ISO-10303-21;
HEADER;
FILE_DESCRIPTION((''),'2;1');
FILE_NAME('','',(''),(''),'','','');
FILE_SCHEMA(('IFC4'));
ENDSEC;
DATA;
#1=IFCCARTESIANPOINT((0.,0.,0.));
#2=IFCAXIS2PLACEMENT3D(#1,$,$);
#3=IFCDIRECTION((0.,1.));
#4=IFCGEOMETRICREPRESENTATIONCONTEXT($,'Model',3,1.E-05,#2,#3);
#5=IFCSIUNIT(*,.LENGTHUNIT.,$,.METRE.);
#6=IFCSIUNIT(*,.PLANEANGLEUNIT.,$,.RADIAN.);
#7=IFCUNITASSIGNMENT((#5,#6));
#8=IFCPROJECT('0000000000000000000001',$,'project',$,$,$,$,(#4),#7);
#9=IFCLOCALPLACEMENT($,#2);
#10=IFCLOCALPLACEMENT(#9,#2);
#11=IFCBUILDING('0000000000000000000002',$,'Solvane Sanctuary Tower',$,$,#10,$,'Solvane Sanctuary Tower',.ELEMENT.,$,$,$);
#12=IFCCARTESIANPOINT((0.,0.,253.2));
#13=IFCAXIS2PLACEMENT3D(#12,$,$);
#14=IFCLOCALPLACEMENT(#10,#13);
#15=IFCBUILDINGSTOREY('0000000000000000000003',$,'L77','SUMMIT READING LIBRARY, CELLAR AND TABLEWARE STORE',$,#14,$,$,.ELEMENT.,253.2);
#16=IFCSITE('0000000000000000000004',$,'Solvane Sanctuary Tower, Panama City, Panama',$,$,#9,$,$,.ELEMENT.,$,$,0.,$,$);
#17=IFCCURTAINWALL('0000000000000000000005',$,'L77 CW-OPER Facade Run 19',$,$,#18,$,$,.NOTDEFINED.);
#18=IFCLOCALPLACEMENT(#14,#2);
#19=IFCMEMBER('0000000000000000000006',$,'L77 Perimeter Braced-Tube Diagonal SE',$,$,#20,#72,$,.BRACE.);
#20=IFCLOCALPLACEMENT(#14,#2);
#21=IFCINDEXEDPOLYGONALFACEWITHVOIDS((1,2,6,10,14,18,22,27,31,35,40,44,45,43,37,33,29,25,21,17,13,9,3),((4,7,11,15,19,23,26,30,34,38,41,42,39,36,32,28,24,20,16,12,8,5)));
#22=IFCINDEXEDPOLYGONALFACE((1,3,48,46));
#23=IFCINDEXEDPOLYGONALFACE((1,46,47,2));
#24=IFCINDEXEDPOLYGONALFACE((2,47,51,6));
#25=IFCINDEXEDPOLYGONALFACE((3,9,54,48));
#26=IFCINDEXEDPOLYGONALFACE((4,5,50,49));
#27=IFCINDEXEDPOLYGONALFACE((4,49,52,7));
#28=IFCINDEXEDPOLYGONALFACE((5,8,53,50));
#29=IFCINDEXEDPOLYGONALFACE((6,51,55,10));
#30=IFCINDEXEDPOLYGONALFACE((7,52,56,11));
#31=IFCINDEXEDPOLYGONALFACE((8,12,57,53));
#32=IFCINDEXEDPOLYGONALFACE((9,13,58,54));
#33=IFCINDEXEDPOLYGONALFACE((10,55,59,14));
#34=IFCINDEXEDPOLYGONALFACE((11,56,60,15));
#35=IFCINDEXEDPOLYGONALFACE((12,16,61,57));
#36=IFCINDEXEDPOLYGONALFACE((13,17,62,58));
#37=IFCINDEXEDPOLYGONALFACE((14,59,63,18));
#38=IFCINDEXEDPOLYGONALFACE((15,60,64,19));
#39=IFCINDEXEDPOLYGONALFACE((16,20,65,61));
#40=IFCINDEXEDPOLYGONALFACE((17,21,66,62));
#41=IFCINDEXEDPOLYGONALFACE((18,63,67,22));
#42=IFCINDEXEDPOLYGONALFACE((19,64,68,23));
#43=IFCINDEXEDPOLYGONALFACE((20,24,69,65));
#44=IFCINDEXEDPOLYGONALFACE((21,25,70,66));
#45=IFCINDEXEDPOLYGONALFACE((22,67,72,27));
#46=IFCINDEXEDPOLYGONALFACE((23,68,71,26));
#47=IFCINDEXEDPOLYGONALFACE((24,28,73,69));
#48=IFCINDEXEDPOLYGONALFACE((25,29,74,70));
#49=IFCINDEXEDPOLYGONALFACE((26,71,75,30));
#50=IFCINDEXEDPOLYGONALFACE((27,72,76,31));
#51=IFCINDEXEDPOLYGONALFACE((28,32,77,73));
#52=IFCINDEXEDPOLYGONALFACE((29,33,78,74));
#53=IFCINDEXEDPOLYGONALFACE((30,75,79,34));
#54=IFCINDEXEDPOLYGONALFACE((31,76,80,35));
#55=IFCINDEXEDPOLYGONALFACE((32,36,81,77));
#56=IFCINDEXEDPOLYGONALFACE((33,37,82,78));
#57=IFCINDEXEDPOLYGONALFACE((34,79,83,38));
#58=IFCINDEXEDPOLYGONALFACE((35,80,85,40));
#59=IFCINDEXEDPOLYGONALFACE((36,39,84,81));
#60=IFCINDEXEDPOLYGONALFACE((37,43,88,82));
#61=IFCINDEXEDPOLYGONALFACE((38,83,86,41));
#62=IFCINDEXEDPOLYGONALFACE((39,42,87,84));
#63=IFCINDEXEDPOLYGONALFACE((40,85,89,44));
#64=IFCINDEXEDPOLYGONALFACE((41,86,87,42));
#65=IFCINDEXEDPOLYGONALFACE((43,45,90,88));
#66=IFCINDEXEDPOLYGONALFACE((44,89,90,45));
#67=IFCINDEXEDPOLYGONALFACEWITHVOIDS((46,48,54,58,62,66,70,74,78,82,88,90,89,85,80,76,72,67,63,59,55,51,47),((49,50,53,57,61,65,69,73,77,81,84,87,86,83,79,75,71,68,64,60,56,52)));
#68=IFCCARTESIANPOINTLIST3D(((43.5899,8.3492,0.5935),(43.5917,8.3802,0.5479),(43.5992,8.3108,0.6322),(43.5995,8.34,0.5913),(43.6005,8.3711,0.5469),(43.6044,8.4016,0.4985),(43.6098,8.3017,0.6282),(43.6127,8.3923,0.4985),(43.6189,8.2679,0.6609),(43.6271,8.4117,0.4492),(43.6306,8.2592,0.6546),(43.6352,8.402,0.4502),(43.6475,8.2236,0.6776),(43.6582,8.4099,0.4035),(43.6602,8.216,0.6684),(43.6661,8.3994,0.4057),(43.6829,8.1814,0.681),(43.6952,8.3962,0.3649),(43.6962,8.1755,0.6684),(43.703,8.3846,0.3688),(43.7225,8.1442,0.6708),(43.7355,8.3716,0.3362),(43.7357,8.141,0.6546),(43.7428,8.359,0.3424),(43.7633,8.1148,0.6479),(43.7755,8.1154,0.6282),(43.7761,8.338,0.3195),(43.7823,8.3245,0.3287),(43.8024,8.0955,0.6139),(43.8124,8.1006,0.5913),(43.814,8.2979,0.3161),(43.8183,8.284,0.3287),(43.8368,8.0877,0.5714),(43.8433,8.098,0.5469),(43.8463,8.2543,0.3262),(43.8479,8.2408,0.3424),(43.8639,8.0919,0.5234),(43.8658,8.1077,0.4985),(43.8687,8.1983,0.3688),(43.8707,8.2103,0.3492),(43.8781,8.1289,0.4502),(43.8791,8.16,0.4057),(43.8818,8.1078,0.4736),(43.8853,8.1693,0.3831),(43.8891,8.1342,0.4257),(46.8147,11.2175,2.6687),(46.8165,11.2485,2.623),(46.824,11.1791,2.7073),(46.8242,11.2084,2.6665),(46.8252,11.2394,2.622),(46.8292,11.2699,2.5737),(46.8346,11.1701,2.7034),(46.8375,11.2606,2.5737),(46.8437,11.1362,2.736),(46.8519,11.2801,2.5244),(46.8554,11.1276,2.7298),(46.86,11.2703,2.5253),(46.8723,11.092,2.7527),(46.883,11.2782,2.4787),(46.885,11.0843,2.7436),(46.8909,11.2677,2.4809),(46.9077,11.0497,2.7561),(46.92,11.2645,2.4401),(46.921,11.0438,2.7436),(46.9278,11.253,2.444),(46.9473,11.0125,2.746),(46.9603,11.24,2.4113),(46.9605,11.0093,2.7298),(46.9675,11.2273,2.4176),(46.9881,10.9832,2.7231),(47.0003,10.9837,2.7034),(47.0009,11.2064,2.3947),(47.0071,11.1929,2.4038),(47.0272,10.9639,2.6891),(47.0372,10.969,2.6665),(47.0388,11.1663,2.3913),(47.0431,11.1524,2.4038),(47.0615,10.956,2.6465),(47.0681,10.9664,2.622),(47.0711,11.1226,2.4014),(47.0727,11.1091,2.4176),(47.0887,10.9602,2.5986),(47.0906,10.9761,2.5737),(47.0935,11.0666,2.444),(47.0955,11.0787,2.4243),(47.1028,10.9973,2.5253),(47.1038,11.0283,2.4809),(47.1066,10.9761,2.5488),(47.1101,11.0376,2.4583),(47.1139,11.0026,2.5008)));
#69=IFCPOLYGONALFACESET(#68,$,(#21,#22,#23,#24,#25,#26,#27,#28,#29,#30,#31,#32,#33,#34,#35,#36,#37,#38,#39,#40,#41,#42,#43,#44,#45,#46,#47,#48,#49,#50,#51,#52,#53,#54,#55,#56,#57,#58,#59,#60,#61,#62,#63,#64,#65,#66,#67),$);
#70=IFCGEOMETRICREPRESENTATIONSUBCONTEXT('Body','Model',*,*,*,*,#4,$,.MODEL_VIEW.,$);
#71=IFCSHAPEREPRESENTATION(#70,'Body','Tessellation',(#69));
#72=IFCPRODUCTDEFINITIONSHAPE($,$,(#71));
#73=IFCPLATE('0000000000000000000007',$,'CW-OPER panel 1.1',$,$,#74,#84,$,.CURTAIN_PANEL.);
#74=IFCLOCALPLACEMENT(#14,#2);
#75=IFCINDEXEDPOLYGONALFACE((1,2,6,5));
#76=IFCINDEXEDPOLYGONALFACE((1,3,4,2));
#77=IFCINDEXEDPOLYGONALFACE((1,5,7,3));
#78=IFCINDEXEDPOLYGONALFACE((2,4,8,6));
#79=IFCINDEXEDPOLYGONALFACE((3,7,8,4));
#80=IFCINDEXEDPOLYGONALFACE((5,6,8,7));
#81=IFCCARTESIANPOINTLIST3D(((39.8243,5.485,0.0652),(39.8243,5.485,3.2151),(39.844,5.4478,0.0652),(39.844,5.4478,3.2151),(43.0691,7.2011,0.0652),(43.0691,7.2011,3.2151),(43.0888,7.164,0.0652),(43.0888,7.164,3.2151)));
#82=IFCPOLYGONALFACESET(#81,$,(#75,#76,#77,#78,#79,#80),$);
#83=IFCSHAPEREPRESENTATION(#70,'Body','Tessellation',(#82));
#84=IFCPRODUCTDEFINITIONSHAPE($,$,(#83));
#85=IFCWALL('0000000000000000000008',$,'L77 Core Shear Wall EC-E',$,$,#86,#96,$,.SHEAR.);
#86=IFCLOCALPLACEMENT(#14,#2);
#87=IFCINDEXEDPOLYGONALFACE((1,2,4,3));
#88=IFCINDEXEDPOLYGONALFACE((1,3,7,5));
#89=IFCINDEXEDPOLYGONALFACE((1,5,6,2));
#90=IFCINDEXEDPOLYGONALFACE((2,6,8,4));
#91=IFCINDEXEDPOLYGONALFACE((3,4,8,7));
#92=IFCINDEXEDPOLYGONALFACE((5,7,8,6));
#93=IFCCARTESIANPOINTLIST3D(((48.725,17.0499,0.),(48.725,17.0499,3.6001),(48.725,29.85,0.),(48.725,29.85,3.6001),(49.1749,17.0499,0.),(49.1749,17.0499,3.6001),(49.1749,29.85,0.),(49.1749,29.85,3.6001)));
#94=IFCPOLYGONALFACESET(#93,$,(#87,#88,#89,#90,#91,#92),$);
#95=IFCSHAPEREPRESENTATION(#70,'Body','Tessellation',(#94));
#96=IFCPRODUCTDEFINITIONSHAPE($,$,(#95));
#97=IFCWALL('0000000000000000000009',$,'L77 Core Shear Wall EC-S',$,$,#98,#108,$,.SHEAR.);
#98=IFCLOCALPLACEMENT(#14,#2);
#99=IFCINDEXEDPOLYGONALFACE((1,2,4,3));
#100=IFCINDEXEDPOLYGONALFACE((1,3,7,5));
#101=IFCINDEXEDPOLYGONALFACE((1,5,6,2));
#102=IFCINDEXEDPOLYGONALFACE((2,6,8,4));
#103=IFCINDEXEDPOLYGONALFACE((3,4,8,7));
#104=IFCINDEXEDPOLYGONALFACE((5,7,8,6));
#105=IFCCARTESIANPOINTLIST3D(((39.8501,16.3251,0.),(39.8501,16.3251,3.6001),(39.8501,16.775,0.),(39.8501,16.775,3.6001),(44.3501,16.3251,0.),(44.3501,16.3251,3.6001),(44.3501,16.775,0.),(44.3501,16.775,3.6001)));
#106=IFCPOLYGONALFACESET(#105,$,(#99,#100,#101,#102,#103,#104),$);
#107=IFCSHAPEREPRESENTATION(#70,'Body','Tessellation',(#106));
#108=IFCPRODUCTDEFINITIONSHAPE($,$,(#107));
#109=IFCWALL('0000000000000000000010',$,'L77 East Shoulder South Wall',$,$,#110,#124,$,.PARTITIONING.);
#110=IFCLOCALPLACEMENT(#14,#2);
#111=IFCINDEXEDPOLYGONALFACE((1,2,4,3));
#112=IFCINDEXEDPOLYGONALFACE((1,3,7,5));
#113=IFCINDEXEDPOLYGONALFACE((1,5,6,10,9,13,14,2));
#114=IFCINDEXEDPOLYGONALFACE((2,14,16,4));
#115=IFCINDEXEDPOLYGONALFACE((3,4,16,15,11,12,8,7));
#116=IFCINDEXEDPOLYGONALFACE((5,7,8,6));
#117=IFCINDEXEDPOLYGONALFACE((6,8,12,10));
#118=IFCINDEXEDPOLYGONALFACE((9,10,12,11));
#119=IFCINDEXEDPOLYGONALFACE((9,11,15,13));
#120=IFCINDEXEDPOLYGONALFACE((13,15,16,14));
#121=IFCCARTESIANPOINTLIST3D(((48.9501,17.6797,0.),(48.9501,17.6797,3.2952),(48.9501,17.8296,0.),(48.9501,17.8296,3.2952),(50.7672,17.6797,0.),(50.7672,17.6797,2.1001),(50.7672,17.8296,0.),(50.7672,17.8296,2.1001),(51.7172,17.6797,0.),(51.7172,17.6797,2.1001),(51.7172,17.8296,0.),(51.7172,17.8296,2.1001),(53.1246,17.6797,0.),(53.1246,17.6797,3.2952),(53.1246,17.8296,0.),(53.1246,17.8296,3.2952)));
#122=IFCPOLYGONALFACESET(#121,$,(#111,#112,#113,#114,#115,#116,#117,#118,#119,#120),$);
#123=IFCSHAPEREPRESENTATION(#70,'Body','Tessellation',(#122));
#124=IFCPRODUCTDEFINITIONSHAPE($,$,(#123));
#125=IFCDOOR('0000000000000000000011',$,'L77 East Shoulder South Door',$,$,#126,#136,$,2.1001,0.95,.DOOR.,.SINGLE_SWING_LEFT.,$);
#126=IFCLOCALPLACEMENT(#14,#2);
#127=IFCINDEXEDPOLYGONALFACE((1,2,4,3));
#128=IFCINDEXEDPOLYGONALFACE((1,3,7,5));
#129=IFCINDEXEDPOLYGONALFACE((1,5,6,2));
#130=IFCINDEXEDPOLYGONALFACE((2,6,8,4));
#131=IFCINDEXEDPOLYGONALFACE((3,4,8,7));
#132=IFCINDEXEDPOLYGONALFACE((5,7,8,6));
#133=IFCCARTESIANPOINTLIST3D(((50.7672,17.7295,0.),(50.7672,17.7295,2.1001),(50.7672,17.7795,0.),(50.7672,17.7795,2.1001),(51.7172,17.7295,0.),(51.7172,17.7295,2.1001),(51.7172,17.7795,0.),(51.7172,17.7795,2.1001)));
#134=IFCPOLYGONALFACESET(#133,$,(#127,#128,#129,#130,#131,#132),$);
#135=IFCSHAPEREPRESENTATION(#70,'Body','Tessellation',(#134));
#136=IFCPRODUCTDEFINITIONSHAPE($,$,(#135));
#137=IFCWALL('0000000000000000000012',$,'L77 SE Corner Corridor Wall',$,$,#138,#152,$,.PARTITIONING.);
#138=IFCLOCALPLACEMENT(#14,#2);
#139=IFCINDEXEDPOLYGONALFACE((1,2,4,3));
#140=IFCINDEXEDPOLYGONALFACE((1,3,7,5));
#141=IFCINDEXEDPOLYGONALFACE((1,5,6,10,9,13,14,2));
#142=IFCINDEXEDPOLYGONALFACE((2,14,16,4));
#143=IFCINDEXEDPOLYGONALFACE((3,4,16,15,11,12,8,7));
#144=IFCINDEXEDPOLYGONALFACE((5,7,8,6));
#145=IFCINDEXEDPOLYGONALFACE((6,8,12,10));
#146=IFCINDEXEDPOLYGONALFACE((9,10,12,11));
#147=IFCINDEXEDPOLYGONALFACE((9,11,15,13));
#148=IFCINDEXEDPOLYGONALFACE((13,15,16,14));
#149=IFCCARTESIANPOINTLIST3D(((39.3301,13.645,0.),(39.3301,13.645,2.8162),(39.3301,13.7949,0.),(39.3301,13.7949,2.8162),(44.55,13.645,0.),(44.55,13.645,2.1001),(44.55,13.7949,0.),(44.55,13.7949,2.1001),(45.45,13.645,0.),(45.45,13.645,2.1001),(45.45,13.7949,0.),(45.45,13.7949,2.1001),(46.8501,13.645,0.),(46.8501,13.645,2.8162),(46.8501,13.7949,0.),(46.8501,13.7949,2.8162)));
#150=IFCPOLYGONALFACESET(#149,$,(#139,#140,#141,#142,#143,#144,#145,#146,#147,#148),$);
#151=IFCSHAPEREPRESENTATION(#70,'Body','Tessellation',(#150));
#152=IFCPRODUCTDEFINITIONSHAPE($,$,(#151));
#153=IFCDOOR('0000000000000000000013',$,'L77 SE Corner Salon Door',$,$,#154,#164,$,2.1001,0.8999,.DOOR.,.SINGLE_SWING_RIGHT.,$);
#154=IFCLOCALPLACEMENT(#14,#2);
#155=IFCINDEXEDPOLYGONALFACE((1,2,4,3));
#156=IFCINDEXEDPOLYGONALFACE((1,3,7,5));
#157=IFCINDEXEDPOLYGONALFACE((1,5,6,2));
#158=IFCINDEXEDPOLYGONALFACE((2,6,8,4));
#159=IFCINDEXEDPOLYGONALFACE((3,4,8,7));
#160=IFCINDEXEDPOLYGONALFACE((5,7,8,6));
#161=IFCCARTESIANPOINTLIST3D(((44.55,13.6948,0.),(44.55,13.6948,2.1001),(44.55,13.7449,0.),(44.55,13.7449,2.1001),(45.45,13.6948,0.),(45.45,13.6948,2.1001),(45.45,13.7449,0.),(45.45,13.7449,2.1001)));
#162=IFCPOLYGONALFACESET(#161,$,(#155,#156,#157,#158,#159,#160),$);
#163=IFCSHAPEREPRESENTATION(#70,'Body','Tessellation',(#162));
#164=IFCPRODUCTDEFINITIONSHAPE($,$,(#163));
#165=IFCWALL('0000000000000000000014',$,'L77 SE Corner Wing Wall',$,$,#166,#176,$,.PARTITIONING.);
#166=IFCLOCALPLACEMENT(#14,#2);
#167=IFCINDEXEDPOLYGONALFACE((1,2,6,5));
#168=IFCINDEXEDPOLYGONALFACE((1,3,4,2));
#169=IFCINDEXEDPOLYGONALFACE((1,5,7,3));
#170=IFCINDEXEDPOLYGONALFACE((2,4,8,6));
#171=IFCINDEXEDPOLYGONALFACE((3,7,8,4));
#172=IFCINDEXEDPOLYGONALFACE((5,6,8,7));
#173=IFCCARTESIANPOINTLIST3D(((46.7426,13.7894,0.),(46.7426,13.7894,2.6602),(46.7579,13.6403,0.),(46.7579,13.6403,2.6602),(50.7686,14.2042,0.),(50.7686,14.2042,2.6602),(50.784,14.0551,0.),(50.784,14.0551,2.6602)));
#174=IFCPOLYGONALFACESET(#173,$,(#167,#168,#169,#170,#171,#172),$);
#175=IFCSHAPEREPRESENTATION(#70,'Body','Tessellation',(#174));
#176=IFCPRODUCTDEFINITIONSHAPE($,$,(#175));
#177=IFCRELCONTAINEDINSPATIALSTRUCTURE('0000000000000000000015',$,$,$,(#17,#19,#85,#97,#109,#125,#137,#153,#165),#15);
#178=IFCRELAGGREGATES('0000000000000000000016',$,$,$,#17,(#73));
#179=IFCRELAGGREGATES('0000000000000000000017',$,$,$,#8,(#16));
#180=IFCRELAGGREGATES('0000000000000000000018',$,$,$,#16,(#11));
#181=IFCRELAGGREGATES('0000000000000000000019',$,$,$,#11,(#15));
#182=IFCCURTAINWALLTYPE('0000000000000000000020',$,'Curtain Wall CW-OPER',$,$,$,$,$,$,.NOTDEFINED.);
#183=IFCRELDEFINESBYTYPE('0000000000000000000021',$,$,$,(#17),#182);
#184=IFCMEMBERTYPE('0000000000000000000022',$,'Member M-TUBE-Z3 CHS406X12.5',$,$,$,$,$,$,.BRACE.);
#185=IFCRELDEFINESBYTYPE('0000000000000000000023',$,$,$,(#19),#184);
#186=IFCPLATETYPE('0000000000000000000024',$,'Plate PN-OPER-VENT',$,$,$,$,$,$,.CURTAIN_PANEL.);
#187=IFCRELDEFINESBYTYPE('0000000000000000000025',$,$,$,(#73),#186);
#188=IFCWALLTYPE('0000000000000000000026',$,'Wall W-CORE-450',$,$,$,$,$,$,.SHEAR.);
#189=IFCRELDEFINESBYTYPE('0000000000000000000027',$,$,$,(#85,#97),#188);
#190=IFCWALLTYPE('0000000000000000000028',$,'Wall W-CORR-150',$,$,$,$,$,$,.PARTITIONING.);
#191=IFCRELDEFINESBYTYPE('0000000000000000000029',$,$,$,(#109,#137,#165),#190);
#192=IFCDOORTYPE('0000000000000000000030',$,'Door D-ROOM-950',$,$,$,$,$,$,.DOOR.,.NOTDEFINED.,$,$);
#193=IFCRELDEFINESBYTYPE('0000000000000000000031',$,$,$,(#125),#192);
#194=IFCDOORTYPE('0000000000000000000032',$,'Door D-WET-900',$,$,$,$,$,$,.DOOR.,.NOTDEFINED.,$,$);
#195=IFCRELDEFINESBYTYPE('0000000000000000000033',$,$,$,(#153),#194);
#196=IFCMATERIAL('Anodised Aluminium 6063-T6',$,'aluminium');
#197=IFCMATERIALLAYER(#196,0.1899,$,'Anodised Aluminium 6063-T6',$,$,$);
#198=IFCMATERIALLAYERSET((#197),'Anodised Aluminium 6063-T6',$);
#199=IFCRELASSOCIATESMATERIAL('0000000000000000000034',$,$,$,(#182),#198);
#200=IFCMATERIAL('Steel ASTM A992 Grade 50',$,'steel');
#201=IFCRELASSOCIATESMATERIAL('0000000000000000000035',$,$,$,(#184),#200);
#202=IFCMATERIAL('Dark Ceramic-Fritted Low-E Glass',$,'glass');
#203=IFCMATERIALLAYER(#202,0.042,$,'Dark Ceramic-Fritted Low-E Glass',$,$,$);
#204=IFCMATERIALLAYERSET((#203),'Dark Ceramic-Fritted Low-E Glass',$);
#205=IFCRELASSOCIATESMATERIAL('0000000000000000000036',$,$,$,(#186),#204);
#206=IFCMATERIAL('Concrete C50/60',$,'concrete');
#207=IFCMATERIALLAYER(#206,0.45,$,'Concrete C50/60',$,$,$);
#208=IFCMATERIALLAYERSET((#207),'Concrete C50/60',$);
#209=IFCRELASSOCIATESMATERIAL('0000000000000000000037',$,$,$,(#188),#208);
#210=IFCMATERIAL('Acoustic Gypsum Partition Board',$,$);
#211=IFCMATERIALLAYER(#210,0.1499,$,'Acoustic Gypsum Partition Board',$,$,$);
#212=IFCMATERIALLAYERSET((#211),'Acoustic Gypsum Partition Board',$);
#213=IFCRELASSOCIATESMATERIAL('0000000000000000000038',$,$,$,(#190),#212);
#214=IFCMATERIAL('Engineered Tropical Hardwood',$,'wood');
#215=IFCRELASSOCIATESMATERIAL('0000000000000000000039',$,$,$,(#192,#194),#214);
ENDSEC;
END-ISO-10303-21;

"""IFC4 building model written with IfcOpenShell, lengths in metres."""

from ifc_helpers import new_model, si_unit, direction, frame, frame_2d, origin, origin_2d, place, context, subcontext, project, spatial, rectangle, hollow_circle, extrude, material, layer, layer_set, material_profile, profile_set, type_object, element, fill, aggregate, save


model = new_model("IFC4")

# Units and contexts
model_context = context("Model", 3, precision=1e-05, world=origin(), true_north=direction((0.0, 1.0)))
body_context = subcontext(model_context, "Body", "Model", "MODEL_VIEW")
ifc_project = project(units=[si_unit("LENGTHUNIT", "METRE"), si_unit("PLANEANGLEUNIT", "RADIAN")], contexts=[model_context])

# Site, building, storey
site_placement = place(None, origin())
site = spatial("IfcSite", under=ifc_project, at=site_placement, Name="Solvane Sanctuary Tower, Panama City, Panama", CompositionType="ELEMENT", RefElevation=0.0)
building_placement = place(site_placement, origin())
building = spatial("IfcBuilding", under=site, at=building_placement, Name="Solvane Sanctuary Tower", LongName="Solvane Sanctuary Tower", CompositionType="ELEMENT")
storey_placement = place(building_placement, frame((0.0, 0.0, 253.2)))
storey = spatial("IfcBuildingStorey", under=building, at=storey_placement, Name="L77", Description="SUMMIT READING LIBRARY, CELLAR AND TABLEWARE STORE", CompositionType="ELEMENT", Elevation=253.2)

# Shared definitions
ifc_material_1 = material(Name="Steel ASTM A992 Grade 50", Category="steel")

# Curtain wall
ifc_material_2 = material(Name="Anodised Aluminium 6063-T6", Category="aluminium")
ifc_layer_1 = layer(ifc_material_2, 0.1899, Name="Anodised Aluminium 6063-T6")
ifc_layer_set_1 = layer_set([ifc_layer_1], Name="Anodised Aluminium 6063-T6")
curtain_wall_type = type_object("IfcCurtainWallType", Name="Curtain Wall CW-OPER", PredefinedType="NOTDEFINED", material=ifc_layer_set_1)
curtain_wall_placement = place(storey_placement, origin())
curtain_wall = element("IfcCurtainWall", 1, at=curtain_wall_placement, inside=storey, type_object=curtain_wall_type, Name="L77 CW-OPER Facade Run 19", PredefinedType="NOTDEFINED")

# Member
ifc_material_profile_1 = material_profile(ifc_material_1, hollow_circle(Radius=0.2029, WallThickness=0.0125, at=origin_2d()), Name="CHS406X12.5")
ifc_profile_set_1 = profile_set([ifc_material_profile_1], Name="Steel ASTM A992 Grade 50")
member_type_1 = type_object("IfcMemberType", Name="Member M-TUBE-Z3 CHS406X12.5", PredefinedType="BRACE", material=ifc_profile_set_1)
member_1_placement = place(storey_placement, frame((43.7393, 8.25, 0.4985), z_axis=(0.673397, 0.598966, 0.433331), x_axis=(-0.664606, 0.747194, 0.0)))
element("IfcMember", 2, at=member_1_placement, inside=storey, type_object=member_type_1, Name="L77 Perimeter Braced-Tube Diagonal SE", PredefinedType="BRACE", context=body_context, shape_type="SweptSolid", body=[
    extrude(hollow_circle(Radius=0.2029, WallThickness=0.0125, at=origin_2d()), origin(), (0.0, 0.0, 1.0), 4.7888),
])

# Plate
ifc_material_3 = material(Name="Dark Ceramic-Fritted Low-E Glass", Category="glass")
ifc_layer_2 = layer(ifc_material_3, 0.042, Name="Dark Ceramic-Fritted Low-E Glass")
ifc_layer_set_2 = layer_set([ifc_layer_2], Name="Dark Ceramic-Fritted Low-E Glass")
plate_type = type_object("IfcPlateType", Name="Plate PN-OPER-VENT", PredefinedType="CURTAIN_PANEL", material=ifc_layer_set_2)
plate_placement = place(storey_placement, frame((41.4565, 6.3245, 0.0652), z_axis=(0.0, 0.0, 1.0), x_axis=(0.883981, 0.467523, 0.0)))
plate = element("IfcPlate", 3, at=plate_placement, type_object=plate_type, Name="CW-OPER panel 1.1", PredefinedType="CURTAIN_PANEL", context=body_context, shape_type="SweptSolid", body=[
    extrude(rectangle(XDim=3.6707, YDim=0.042, at=origin_2d()), origin(), (0.0, 0.0, 1.0), 3.1499),
])
aggregate(curtain_wall, [plate])

# Walls
ifc_material_4 = material(Name="Concrete C50/60", Category="concrete")
ifc_layer_3 = layer(ifc_material_4, 0.45, Name="Concrete C50/60")
ifc_layer_set_3 = layer_set([ifc_layer_3], Name="Concrete C50/60")
wall_type_1 = type_object("IfcWallType", Name="Wall W-CORE-450", PredefinedType="SHEAR", material=ifc_layer_set_3)
wall_1_placement = place(storey_placement, frame((48.95, 17.05, 0.0), z_axis=(0.0, 0.0, 1.0), x_axis=(0.0, 1.0, 0.0)))
element("IfcWall", 4, at=wall_1_placement, inside=storey, type_object=wall_type_1, Name="L77 Core Shear Wall EC-E", PredefinedType="SHEAR", context=body_context, shape_type="SweptSolid", body=[
    extrude(rectangle(XDim=12.8, YDim=0.45, at=frame_2d((6.3999, 0.0))), origin(), (0.0, 0.0, 1.0), 3.6001),
])
wall_2_placement = place(storey_placement, frame((39.8501, 16.55, 0.0), z_axis=(0.0, 0.0, 1.0), x_axis=(1.0, 0.0, 0.0)))
element("IfcWall", 5, at=wall_2_placement, inside=storey, type_object=wall_type_1, Name="L77 Core Shear Wall EC-S", PredefinedType="SHEAR", context=body_context, shape_type="SweptSolid", body=[
    extrude(rectangle(XDim=4.5, YDim=0.45, at=frame_2d((2.25, 0.0))), origin(), (0.0, 0.0, 1.0), 3.6001),
])

# Walls, openings, doors
ifc_material_5 = material(Name="Acoustic Gypsum Partition Board")
ifc_layer_4 = layer(ifc_material_5, 0.1499, Name="Acoustic Gypsum Partition Board")
ifc_layer_set_4 = layer_set([ifc_layer_4], Name="Acoustic Gypsum Partition Board")
wall_type_2 = type_object("IfcWallType", Name="Wall W-CORR-150", PredefinedType="PARTITIONING", material=ifc_layer_set_4)
wall_3_placement = place(storey_placement, frame((48.95, 17.7546, 0.0), z_axis=(0.0, 0.0, 1.0), x_axis=(1.0, 0.0, 0.0)))
wall_3 = element("IfcWall", 6, at=wall_3_placement, inside=storey, type_object=wall_type_2, Name="L77 East Shoulder South Wall", PredefinedType="PARTITIONING", context=body_context, shape_type="SweptSolid", body=[
    extrude(rectangle(XDim=4.1746, YDim=0.1499, at=frame_2d((2.0874, 0.0))), origin(), (0.0, 0.0, 1.0), 3.2952),
])
opening_1_placement = place(wall_3_placement, frame((1.8171, 0.0, 0.0)))
opening_1 = element("IfcOpeningElement", 7, at=opening_1_placement, cuts=wall_3, PredefinedType="OPENING", context=body_context, shape_type="SweptSolid", body=[
    extrude(rectangle(XDim=0.95, YDim=2.1001, at=frame_2d((0.4751, 1.05))), frame((0.0, 0.085, 0.0), z_axis=(0.0, -1.0, 0.0), x_axis=(1.0, 0.0, 0.0)), (0.0, 0.0, 1.0), 0.1699),
])
ifc_material_6 = material(Name="Engineered Tropical Hardwood", Category="wood")
door_type_1 = type_object("IfcDoorType", Name="Door D-ROOM-950", OperationType="NOTDEFINED", PredefinedType="DOOR", material=ifc_material_6)
door_1_placement = place(opening_1_placement, origin())
door_1 = element("IfcDoor", 8, at=door_1_placement, inside=storey, type_object=door_type_1, Name="L77 East Shoulder South Door", OperationType="SINGLE_SWING_LEFT", OverallHeight=2.1001, OverallWidth=0.95, PredefinedType="DOOR", context=body_context, shape_type="SweptSolid", body=[
    extrude(rectangle(XDim=0.95, YDim=2.1001, at=frame_2d((0.4751, 1.05))), frame((0.0, 0.0249, 0.0), z_axis=(0.0, -1.0, 0.0), x_axis=(1.0, 0.0, 0.0)), (0.0, 0.0, 1.0), 0.05),
])
fill(opening_1, door_1)
wall_4_placement = place(storey_placement, frame((39.3301, 13.72, 0.0), z_axis=(0.0, 0.0, 1.0), x_axis=(1.0, 0.0, 0.0)))
wall_4 = element("IfcWall", 9, at=wall_4_placement, inside=storey, type_object=wall_type_2, Name="L77 SE Corner Corridor Wall", PredefinedType="PARTITIONING", context=body_context, shape_type="SweptSolid", body=[
    extrude(rectangle(XDim=7.52, YDim=0.1499, at=frame_2d((3.76, 0.0))), origin(), (0.0, 0.0, 1.0), 2.8162),
])
opening_2_placement = place(wall_4_placement, frame((5.22, 0.0, 0.0)))
opening_2 = element("IfcOpeningElement", 10, at=opening_2_placement, cuts=wall_4, PredefinedType="OPENING", context=body_context, shape_type="SweptSolid", body=[
    extrude(rectangle(XDim=0.8999, YDim=2.1001, at=frame_2d((0.45, 1.05))), frame((0.0, 0.085, 0.0), z_axis=(0.0, -1.0, 0.0), x_axis=(1.0, 0.0, 0.0)), (0.0, 0.0, 1.0), 0.1699),
])
door_type_2 = type_object("IfcDoorType", Name="Door D-WET-900", OperationType="NOTDEFINED", PredefinedType="DOOR", material=ifc_material_6)
door_2_placement = place(opening_2_placement, origin())
door_2 = element("IfcDoor", 11, at=door_2_placement, inside=storey, type_object=door_type_2, Name="L77 SE Corner Salon Door", OperationType="SINGLE_SWING_RIGHT", OverallHeight=2.1001, OverallWidth=0.8999, PredefinedType="DOOR", context=body_context, shape_type="SweptSolid", body=[
    extrude(rectangle(XDim=0.8999, YDim=2.1001, at=frame_2d((0.45, 1.05))), frame((0.0, 0.0249, 0.0), z_axis=(0.0, -1.0, 0.0), x_axis=(1.0, 0.0, 0.0)), (0.0, 0.0, 1.0), 0.05),
])
fill(opening_2, door_2)

# Wall
wall_5_placement = place(storey_placement, frame((46.7502, 13.7148, 0.0), z_axis=(0.0, 0.0, 1.0), x_axis=(0.994735, 0.102483, 0.0)))
element("IfcWall", 12, at=wall_5_placement, inside=storey, type_object=wall_type_2, Name="L77 SE Corner Wing Wall", PredefinedType="PARTITIONING", context=body_context, shape_type="SweptSolid", body=[
    extrude(rectangle(XDim=4.0474, YDim=0.1499, at=frame_2d((2.0237, 0.0))), origin(), (0.0, 0.0, 1.0), 2.6602),
])

save(model, "model.ifc")
